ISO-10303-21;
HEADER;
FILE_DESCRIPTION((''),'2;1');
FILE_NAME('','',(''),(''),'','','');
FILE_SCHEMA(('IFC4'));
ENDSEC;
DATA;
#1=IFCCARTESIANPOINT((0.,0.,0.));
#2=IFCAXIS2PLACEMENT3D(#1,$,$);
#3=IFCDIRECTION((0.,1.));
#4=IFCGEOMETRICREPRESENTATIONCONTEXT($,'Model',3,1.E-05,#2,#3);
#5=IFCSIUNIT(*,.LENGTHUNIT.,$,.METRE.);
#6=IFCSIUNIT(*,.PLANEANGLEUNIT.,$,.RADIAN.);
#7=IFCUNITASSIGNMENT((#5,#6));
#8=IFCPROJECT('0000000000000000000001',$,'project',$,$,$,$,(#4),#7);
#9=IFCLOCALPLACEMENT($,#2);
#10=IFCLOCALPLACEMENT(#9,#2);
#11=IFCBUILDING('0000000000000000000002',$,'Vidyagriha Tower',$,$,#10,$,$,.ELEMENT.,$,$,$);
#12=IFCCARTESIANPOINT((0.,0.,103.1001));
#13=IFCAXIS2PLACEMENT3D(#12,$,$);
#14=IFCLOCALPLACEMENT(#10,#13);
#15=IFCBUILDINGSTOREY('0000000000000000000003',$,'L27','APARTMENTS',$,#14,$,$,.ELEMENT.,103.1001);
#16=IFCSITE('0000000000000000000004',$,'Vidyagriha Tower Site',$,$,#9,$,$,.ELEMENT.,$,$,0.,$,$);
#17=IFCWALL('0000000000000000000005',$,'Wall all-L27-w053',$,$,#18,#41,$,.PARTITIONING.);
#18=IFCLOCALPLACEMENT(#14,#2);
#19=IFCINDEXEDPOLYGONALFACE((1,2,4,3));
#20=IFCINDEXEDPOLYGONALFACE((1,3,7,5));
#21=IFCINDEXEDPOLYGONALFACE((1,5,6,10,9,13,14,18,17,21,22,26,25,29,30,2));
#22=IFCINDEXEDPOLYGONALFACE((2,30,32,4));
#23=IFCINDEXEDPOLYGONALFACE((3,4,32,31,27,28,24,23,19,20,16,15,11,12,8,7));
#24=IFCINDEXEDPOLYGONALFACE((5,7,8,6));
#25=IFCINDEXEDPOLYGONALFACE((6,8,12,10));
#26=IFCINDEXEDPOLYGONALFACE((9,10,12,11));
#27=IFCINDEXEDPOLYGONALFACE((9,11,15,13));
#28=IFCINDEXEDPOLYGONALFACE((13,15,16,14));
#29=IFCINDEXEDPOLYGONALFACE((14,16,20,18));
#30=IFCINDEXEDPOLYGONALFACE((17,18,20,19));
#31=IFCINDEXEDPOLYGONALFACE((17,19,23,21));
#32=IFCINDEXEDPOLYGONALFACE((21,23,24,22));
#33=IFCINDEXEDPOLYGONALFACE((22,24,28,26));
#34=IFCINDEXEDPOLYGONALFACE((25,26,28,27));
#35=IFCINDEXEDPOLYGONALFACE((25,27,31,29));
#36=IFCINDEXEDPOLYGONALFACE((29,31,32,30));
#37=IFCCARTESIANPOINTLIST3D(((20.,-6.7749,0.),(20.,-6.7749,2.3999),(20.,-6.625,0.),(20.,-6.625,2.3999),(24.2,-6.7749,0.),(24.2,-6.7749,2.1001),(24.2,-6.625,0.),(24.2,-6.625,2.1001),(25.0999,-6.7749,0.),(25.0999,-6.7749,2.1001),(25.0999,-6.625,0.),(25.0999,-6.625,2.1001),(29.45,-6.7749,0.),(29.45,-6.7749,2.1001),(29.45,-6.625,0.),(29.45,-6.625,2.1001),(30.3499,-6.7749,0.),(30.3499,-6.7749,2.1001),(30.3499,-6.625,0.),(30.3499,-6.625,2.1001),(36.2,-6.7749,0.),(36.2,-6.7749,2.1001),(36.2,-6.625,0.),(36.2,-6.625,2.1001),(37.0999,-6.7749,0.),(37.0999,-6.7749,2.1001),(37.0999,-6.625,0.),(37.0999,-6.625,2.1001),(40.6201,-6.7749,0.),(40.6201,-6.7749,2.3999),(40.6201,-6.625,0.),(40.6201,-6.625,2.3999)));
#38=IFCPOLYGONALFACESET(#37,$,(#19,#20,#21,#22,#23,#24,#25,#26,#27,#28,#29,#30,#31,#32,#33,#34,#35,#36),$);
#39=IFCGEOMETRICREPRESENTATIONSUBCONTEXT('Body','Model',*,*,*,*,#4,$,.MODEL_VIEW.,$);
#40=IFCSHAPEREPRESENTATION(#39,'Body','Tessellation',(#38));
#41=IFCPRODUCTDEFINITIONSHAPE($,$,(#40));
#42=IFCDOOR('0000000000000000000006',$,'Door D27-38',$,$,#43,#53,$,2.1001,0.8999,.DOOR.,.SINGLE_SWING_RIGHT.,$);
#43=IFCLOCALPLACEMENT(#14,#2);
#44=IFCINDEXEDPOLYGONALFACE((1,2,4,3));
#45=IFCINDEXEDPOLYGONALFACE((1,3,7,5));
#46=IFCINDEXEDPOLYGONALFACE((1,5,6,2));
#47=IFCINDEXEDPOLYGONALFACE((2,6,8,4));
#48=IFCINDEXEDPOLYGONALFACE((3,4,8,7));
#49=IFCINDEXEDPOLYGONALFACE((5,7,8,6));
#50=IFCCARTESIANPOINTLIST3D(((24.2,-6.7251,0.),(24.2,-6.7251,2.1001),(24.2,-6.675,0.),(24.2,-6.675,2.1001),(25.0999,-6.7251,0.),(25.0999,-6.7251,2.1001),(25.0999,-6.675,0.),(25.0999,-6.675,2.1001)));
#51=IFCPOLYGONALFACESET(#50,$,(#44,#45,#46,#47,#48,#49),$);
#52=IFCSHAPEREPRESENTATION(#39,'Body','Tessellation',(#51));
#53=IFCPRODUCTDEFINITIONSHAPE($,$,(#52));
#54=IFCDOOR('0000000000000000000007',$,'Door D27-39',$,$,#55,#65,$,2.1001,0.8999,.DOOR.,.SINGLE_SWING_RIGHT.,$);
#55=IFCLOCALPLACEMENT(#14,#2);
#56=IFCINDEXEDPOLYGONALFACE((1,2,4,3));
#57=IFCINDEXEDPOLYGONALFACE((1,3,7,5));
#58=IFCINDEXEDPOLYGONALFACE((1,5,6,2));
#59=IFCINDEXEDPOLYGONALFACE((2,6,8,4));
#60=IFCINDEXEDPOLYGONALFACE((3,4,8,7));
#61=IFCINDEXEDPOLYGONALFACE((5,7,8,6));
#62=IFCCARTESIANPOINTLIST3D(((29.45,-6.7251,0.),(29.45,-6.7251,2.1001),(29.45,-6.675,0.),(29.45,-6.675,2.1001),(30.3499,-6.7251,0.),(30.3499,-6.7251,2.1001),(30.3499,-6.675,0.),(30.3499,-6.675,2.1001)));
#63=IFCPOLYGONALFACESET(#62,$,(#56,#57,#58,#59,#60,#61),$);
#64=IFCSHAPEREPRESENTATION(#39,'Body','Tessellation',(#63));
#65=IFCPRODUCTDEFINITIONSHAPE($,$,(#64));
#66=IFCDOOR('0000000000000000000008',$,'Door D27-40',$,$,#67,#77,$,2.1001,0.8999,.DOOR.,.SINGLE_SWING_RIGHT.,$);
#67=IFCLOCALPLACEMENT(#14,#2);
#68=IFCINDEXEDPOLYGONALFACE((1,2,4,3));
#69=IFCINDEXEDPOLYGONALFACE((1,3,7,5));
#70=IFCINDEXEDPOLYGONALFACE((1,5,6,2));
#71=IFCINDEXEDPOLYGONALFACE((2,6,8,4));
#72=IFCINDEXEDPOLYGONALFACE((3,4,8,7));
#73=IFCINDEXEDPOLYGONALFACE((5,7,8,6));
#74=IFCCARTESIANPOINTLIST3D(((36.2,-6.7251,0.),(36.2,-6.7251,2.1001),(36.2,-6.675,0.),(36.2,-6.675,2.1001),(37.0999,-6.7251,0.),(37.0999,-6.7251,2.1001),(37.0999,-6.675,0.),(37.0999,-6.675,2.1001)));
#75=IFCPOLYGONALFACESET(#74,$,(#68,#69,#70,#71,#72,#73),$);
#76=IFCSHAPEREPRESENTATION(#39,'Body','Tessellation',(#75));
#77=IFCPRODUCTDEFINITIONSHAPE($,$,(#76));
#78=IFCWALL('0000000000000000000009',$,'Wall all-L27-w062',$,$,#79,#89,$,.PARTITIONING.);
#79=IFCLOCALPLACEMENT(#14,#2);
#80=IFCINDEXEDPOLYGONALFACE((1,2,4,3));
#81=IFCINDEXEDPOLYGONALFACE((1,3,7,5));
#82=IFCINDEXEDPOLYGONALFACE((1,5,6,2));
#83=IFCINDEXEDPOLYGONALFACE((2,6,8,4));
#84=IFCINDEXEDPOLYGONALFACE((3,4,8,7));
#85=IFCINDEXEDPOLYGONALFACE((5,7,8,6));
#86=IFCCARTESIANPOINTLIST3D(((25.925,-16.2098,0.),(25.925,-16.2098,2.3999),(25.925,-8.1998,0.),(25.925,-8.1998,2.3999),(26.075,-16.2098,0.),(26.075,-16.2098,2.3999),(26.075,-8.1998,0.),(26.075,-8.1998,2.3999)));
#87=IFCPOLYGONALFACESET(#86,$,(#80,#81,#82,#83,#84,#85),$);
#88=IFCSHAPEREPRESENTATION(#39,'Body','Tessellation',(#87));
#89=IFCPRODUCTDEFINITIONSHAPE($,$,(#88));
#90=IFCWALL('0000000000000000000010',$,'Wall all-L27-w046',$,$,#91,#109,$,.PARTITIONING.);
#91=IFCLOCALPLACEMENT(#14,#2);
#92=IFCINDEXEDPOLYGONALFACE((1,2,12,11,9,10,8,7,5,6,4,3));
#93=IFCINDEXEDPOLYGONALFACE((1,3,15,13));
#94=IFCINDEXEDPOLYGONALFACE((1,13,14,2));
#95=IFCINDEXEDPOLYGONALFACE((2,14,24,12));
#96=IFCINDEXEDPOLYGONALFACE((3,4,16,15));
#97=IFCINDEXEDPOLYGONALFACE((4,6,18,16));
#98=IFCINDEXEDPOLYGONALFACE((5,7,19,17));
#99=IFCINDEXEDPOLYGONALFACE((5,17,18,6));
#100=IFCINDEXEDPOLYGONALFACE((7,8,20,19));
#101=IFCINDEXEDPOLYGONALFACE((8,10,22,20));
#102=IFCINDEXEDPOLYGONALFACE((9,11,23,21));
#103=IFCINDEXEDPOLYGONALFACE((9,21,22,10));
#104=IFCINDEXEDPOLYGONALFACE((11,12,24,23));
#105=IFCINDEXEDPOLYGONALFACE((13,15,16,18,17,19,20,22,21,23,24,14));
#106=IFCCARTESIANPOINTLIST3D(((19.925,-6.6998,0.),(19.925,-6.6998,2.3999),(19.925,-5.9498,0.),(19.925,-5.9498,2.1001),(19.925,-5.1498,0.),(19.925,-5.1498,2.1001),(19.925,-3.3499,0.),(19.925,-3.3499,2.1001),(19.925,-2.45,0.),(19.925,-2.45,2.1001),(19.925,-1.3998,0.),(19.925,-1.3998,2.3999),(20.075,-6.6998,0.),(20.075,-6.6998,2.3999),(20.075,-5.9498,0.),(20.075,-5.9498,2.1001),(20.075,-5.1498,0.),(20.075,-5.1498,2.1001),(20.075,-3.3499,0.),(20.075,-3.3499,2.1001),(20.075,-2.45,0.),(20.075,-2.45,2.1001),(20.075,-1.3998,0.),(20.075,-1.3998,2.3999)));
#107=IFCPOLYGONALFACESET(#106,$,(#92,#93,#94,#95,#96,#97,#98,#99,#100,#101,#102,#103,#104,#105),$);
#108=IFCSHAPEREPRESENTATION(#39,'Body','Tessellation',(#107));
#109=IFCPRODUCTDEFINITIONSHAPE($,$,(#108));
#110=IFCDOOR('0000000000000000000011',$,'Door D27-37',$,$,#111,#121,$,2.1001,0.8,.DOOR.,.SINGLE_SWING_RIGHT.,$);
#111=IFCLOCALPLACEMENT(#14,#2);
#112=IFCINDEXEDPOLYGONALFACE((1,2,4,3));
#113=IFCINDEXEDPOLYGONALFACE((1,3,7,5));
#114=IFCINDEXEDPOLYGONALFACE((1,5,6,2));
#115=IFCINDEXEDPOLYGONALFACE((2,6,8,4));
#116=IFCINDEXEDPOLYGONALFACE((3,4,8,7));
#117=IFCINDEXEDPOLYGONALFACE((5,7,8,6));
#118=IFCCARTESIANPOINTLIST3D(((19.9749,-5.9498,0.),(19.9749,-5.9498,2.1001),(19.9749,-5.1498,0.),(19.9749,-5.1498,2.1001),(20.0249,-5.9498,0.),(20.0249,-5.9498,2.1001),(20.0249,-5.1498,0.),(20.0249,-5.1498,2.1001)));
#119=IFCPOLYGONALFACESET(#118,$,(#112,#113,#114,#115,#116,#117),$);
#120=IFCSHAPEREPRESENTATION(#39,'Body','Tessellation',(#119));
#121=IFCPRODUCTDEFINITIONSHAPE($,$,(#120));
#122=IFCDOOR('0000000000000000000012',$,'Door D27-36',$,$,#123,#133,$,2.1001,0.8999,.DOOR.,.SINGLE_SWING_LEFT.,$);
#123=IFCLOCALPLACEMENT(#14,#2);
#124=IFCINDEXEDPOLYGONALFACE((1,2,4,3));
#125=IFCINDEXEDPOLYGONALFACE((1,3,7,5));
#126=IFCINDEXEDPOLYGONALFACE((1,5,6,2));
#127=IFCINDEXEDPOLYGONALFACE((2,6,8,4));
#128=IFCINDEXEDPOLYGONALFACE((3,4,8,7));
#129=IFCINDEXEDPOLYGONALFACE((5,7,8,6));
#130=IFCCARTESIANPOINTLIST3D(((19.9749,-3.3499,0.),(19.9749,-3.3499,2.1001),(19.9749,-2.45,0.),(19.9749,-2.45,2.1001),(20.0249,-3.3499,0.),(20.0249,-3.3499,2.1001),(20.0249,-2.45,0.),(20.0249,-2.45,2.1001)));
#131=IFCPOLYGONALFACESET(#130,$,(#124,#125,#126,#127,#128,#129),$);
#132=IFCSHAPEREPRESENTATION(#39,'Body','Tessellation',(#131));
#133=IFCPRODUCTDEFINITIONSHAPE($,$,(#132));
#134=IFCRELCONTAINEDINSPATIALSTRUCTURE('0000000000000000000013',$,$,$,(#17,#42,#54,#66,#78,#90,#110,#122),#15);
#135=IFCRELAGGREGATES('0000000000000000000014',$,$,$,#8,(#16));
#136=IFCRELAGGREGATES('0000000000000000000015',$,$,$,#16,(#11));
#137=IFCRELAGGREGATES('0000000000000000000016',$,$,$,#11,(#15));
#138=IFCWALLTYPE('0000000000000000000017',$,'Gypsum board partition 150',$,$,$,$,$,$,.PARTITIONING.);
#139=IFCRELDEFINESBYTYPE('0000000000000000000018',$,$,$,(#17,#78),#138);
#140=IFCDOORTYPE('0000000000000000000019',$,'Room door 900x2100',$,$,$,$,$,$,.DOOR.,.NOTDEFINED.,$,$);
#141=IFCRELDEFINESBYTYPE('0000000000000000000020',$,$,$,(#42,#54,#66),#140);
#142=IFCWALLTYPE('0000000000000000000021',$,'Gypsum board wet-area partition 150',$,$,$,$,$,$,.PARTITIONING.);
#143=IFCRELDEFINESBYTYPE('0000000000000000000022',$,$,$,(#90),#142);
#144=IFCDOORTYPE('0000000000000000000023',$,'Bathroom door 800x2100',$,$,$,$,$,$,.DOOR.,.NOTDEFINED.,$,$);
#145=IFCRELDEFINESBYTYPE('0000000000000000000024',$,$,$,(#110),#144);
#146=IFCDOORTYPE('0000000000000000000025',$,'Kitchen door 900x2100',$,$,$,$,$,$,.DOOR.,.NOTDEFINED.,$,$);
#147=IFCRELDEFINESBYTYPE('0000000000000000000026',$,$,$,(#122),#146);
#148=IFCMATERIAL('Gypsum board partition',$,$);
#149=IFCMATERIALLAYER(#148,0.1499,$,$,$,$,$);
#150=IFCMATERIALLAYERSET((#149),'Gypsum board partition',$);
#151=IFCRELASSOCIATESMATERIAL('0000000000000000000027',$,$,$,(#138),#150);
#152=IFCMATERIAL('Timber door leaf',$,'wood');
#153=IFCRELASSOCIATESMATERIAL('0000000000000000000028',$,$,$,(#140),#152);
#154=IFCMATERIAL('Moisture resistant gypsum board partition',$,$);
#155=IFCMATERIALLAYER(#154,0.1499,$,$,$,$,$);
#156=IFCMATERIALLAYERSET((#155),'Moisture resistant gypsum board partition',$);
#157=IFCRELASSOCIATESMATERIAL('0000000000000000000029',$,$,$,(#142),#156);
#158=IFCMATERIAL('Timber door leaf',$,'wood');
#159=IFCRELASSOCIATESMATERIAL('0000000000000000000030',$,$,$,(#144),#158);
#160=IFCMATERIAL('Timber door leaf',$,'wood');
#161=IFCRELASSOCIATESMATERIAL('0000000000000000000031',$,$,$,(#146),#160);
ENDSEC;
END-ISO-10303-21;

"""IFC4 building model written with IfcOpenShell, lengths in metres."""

from ifc_helpers import new_model, si_unit, direction, frame, frame_2d, origin, place, context, subcontext, project, spatial, rectangle, extrude, material, layer, layer_set, type_object, element, fill, save


model = new_model("IFC4")

# Units and contexts
model_context = context("Model", 3, precision=1e-05, world=origin(), true_north=direction((0.0, 1.0)))
body_context = subcontext(model_context, "Body", "Model", "MODEL_VIEW")
ifc_project = project(units=[si_unit("LENGTHUNIT", "METRE"), si_unit("PLANEANGLEUNIT", "RADIAN")], contexts=[model_context])

# Site, building, storey
site_placement = place(None, origin())
site = spatial("IfcSite", under=ifc_project, at=site_placement, Name="Vidyagriha Tower Site", CompositionType="ELEMENT", RefElevation=0.0)
building_placement = place(site_placement, origin())
building = spatial("IfcBuilding", under=site, at=building_placement, Name="Vidyagriha Tower", CompositionType="ELEMENT")
storey_placement = place(building_placement, frame((0.0, 0.0, 103.1001)))
storey = spatial("IfcBuildingStorey", under=building, at=storey_placement, Name="L27", Description="APARTMENTS", CompositionType="ELEMENT", Elevation=103.1001)

# Shared definitions
ifc_material_1 = material(Name="Gypsum board partition")
ifc_layer_1 = layer(ifc_material_1, 0.1499)
ifc_layer_set_1 = layer_set([ifc_layer_1], Name="Gypsum board partition")
wall_type_1 = type_object("IfcWallType", Name="Gypsum board partition 150", PredefinedType="PARTITIONING", material=ifc_layer_set_1)
ifc_material_2 = material(Name="Timber door leaf", Category="wood")
door_type_1 = type_object("IfcDoorType", Name="Room door 900x2100", OperationType="NOTDEFINED", PredefinedType="DOOR", material=ifc_material_2)

# Wall, openings, doors
wall_1_placement = place(storey_placement, frame((20.0, -6.7, 0.0)))
wall_1 = element("IfcWall", 1, at=wall_1_placement, inside=storey, type_object=wall_type_1, Name="Wall all-L27-w053", PredefinedType="PARTITIONING", context=body_context, shape_type="SweptSolid", body=[
    extrude(rectangle(XDim=20.6201, YDim=0.1499, at=frame_2d((10.3101, 0.0))), origin(), (0.0, 0.0, 1.0), 2.3999),
])
opening_1_placement = place(wall_1_placement, frame((4.2, 0.0, 0.0)))
opening_1 = element("IfcOpeningElement", 2, at=opening_1_placement, cuts=wall_1, PredefinedType="OPENING", context=body_context, shape_type="SweptSolid", body=[
    extrude(rectangle(XDim=0.8999, YDim=2.1001, at=frame_2d((0.45, 1.05))), frame((0.0, 0.085, 0.0), z_axis=(0.0, -1.0, 0.0), x_axis=(1.0, 0.0, 0.0)), (0.0, 0.0, 1.0), 0.1699),
])
opening_2_placement = place(wall_1_placement, frame((9.45, 0.0, 0.0)))
opening_2 = element("IfcOpeningElement", 3, at=opening_2_placement, cuts=wall_1, PredefinedType="OPENING", context=body_context, shape_type="SweptSolid", body=[
    extrude(rectangle(XDim=0.8999, YDim=2.1001, at=frame_2d((0.45, 1.05))), frame((0.0, 0.085, 0.0), z_axis=(0.0, -1.0, 0.0), x_axis=(1.0, 0.0, 0.0)), (0.0, 0.0, 1.0), 0.1699),
])
opening_3_placement = place(wall_1_placement, frame((16.2, 0.0, 0.0)))
opening_3 = element("IfcOpeningElement", 4, at=opening_3_placement, cuts=wall_1, PredefinedType="OPENING", context=body_context, shape_type="SweptSolid", body=[
    extrude(rectangle(XDim=0.8999, YDim=2.1001, at=frame_2d((0.45, 1.05))), frame((0.0, 0.085, 0.0), z_axis=(0.0, -1.0, 0.0), x_axis=(1.0, 0.0, 0.0)), (0.0, 0.0, 1.0), 0.1699),
])
door_1_placement = place(opening_1_placement, origin())
door_1 = element("IfcDoor", 5, at=door_1_placement, inside=storey, type_object=door_type_1, Name="Door D27-38", OperationType="SINGLE_SWING_RIGHT", OverallHeight=2.1001, OverallWidth=0.8999, PredefinedType="DOOR", context=body_context, shape_type="SweptSolid", body=[
    extrude(rectangle(XDim=0.8999, YDim=2.1001, at=frame_2d((0.45, 1.05))), frame((0.0, 0.0249, 0.0), z_axis=(0.0, -1.0, 0.0), x_axis=(1.0, 0.0, 0.0)), (0.0, 0.0, 1.0), 0.05),
])
fill(opening_1, door_1)
door_2_placement = place(opening_2_placement, origin())
door_2 = element("IfcDoor", 6, at=door_2_placement, inside=storey, type_object=door_type_1, Name="Door D27-39", OperationType="SINGLE_SWING_RIGHT", OverallHeight=2.1001, OverallWidth=0.8999, PredefinedType="DOOR", context=body_context, shape_type="SweptSolid", body=[
    extrude(rectangle(XDim=0.8999, YDim=2.1001, at=frame_2d((0.45, 1.05))), frame((0.0, 0.0249, 0.0), z_axis=(0.0, -1.0, 0.0), x_axis=(1.0, 0.0, 0.0)), (0.0, 0.0, 1.0), 0.05),
])
fill(opening_2, door_2)
door_3_placement = place(opening_3_placement, origin())
door_3 = element("IfcDoor", 7, at=door_3_placement, inside=storey, type_object=door_type_1, Name="Door D27-40", OperationType="SINGLE_SWING_RIGHT", OverallHeight=2.1001, OverallWidth=0.8999, PredefinedType="DOOR", context=body_context, shape_type="SweptSolid", body=[
    extrude(rectangle(XDim=0.8999, YDim=2.1001, at=frame_2d((0.45, 1.05))), frame((0.0, 0.0249, 0.0), z_axis=(0.0, -1.0, 0.0), x_axis=(1.0, 0.0, 0.0)), (0.0, 0.0, 1.0), 0.05),
])
fill(opening_3, door_3)

# Wall
wall_2_placement = place(storey_placement, frame((26.0, -8.2, 0.0), z_axis=(0.0, 0.0, 1.0), x_axis=(0.0, -1.0, 0.0)))
element("IfcWall", 8, at=wall_2_placement, inside=storey, type_object=wall_type_1, Name="Wall all-L27-w062", PredefinedType="PARTITIONING", context=body_context, shape_type="SweptSolid", body=[
    extrude(rectangle(XDim=8.01, YDim=0.1499, at=frame_2d((4.0049, 0.0))), origin(), (0.0, 0.0, 1.0), 2.3999),
])

# Wall, openings, doors
ifc_material_3 = material(Name="Moisture resistant gypsum board partition")
ifc_layer_2 = layer(ifc_material_3, 0.1499)
ifc_layer_set_2 = layer_set([ifc_layer_2], Name="Moisture resistant gypsum board partition")
wall_type_2 = type_object("IfcWallType", Name="Gypsum board wet-area partition 150", PredefinedType="PARTITIONING", material=ifc_layer_set_2)
wall_3_placement = place(storey_placement, frame((20.0, -1.3999, 0.0), z_axis=(0.0, 0.0, 1.0), x_axis=(0.0, -1.0, 0.0)))
wall_3 = element("IfcWall", 9, at=wall_3_placement, inside=storey, type_object=wall_type_2, Name="Wall all-L27-w046", PredefinedType="PARTITIONING", context=body_context, shape_type="SweptSolid", body=[
    extrude(rectangle(XDim=5.3, YDim=0.1499, at=frame_2d((2.6499, 0.0))), origin(), (0.0, 0.0, 1.0), 2.3999),
])
opening_4_placement = place(wall_3_placement, frame((1.05, 0.0, 0.0)))
opening_4 = element("IfcOpeningElement", 10, at=opening_4_placement, cuts=wall_3, PredefinedType="OPENING", context=body_context, shape_type="SweptSolid", body=[
    extrude(rectangle(XDim=0.8999, YDim=2.1001, at=frame_2d((0.45, 1.05))), frame((0.0, 0.085, 0.0), z_axis=(0.0, -1.0, 0.0), x_axis=(1.0, 0.0, 0.0)), (0.0, 0.0, 1.0), 0.1699),
])
opening_5_placement = place(wall_3_placement, frame((3.75, 0.0, 0.0)))
opening_5 = element("IfcOpeningElement", 11, at=opening_5_placement, cuts=wall_3, PredefinedType="OPENING", context=body_context, shape_type="SweptSolid", body=[
    extrude(rectangle(XDim=0.8, YDim=2.1001, at=frame_2d((0.3999, 1.05))), frame((0.0, 0.085, 0.0), z_axis=(0.0, -1.0, 0.0), x_axis=(1.0, 0.0, 0.0)), (0.0, 0.0, 1.0), 0.1699),
])
ifc_material_4 = material(Name="Timber door leaf", Category="wood")
door_type_2 = type_object("IfcDoorType", Name="Bathroom door 800x2100", OperationType="NOTDEFINED", PredefinedType="DOOR", material=ifc_material_4)
door_4_placement = place(opening_5_placement, origin())
door_4 = element("IfcDoor", 12, at=door_4_placement, inside=storey, type_object=door_type_2, Name="Door D27-37", OperationType="SINGLE_SWING_RIGHT", OverallHeight=2.1001, OverallWidth=0.8, PredefinedType="DOOR", context=body_context, shape_type="SweptSolid", body=[
    extrude(rectangle(XDim=0.8, YDim=2.1001, at=frame_2d((0.3999, 1.05))), frame((0.0, 0.0249, 0.0), z_axis=(0.0, -1.0, 0.0), x_axis=(1.0, 0.0, 0.0)), (0.0, 0.0, 1.0), 0.05),
])
fill(opening_5, door_4)
ifc_material_5 = material(Name="Timber door leaf", Category="wood")
door_type_3 = type_object("IfcDoorType", Name="Kitchen door 900x2100", OperationType="NOTDEFINED", PredefinedType="DOOR", material=ifc_material_5)
door_5_placement = place(opening_4_placement, origin())
door_5 = element("IfcDoor", 13, at=door_5_placement, inside=storey, type_object=door_type_3, Name="Door D27-36", OperationType="SINGLE_SWING_LEFT", OverallHeight=2.1001, OverallWidth=0.8999, PredefinedType="DOOR", context=body_context, shape_type="SweptSolid", body=[
    extrude(rectangle(XDim=0.8999, YDim=2.1001, at=frame_2d((0.45, 1.05))), frame((0.0, 0.0249, 0.0), z_axis=(0.0, -1.0, 0.0), x_axis=(1.0, 0.0, 0.0)), (0.0, 0.0, 1.0), 0.05),
])
fill(opening_4, door_5)

save(model, "model.ifc")
